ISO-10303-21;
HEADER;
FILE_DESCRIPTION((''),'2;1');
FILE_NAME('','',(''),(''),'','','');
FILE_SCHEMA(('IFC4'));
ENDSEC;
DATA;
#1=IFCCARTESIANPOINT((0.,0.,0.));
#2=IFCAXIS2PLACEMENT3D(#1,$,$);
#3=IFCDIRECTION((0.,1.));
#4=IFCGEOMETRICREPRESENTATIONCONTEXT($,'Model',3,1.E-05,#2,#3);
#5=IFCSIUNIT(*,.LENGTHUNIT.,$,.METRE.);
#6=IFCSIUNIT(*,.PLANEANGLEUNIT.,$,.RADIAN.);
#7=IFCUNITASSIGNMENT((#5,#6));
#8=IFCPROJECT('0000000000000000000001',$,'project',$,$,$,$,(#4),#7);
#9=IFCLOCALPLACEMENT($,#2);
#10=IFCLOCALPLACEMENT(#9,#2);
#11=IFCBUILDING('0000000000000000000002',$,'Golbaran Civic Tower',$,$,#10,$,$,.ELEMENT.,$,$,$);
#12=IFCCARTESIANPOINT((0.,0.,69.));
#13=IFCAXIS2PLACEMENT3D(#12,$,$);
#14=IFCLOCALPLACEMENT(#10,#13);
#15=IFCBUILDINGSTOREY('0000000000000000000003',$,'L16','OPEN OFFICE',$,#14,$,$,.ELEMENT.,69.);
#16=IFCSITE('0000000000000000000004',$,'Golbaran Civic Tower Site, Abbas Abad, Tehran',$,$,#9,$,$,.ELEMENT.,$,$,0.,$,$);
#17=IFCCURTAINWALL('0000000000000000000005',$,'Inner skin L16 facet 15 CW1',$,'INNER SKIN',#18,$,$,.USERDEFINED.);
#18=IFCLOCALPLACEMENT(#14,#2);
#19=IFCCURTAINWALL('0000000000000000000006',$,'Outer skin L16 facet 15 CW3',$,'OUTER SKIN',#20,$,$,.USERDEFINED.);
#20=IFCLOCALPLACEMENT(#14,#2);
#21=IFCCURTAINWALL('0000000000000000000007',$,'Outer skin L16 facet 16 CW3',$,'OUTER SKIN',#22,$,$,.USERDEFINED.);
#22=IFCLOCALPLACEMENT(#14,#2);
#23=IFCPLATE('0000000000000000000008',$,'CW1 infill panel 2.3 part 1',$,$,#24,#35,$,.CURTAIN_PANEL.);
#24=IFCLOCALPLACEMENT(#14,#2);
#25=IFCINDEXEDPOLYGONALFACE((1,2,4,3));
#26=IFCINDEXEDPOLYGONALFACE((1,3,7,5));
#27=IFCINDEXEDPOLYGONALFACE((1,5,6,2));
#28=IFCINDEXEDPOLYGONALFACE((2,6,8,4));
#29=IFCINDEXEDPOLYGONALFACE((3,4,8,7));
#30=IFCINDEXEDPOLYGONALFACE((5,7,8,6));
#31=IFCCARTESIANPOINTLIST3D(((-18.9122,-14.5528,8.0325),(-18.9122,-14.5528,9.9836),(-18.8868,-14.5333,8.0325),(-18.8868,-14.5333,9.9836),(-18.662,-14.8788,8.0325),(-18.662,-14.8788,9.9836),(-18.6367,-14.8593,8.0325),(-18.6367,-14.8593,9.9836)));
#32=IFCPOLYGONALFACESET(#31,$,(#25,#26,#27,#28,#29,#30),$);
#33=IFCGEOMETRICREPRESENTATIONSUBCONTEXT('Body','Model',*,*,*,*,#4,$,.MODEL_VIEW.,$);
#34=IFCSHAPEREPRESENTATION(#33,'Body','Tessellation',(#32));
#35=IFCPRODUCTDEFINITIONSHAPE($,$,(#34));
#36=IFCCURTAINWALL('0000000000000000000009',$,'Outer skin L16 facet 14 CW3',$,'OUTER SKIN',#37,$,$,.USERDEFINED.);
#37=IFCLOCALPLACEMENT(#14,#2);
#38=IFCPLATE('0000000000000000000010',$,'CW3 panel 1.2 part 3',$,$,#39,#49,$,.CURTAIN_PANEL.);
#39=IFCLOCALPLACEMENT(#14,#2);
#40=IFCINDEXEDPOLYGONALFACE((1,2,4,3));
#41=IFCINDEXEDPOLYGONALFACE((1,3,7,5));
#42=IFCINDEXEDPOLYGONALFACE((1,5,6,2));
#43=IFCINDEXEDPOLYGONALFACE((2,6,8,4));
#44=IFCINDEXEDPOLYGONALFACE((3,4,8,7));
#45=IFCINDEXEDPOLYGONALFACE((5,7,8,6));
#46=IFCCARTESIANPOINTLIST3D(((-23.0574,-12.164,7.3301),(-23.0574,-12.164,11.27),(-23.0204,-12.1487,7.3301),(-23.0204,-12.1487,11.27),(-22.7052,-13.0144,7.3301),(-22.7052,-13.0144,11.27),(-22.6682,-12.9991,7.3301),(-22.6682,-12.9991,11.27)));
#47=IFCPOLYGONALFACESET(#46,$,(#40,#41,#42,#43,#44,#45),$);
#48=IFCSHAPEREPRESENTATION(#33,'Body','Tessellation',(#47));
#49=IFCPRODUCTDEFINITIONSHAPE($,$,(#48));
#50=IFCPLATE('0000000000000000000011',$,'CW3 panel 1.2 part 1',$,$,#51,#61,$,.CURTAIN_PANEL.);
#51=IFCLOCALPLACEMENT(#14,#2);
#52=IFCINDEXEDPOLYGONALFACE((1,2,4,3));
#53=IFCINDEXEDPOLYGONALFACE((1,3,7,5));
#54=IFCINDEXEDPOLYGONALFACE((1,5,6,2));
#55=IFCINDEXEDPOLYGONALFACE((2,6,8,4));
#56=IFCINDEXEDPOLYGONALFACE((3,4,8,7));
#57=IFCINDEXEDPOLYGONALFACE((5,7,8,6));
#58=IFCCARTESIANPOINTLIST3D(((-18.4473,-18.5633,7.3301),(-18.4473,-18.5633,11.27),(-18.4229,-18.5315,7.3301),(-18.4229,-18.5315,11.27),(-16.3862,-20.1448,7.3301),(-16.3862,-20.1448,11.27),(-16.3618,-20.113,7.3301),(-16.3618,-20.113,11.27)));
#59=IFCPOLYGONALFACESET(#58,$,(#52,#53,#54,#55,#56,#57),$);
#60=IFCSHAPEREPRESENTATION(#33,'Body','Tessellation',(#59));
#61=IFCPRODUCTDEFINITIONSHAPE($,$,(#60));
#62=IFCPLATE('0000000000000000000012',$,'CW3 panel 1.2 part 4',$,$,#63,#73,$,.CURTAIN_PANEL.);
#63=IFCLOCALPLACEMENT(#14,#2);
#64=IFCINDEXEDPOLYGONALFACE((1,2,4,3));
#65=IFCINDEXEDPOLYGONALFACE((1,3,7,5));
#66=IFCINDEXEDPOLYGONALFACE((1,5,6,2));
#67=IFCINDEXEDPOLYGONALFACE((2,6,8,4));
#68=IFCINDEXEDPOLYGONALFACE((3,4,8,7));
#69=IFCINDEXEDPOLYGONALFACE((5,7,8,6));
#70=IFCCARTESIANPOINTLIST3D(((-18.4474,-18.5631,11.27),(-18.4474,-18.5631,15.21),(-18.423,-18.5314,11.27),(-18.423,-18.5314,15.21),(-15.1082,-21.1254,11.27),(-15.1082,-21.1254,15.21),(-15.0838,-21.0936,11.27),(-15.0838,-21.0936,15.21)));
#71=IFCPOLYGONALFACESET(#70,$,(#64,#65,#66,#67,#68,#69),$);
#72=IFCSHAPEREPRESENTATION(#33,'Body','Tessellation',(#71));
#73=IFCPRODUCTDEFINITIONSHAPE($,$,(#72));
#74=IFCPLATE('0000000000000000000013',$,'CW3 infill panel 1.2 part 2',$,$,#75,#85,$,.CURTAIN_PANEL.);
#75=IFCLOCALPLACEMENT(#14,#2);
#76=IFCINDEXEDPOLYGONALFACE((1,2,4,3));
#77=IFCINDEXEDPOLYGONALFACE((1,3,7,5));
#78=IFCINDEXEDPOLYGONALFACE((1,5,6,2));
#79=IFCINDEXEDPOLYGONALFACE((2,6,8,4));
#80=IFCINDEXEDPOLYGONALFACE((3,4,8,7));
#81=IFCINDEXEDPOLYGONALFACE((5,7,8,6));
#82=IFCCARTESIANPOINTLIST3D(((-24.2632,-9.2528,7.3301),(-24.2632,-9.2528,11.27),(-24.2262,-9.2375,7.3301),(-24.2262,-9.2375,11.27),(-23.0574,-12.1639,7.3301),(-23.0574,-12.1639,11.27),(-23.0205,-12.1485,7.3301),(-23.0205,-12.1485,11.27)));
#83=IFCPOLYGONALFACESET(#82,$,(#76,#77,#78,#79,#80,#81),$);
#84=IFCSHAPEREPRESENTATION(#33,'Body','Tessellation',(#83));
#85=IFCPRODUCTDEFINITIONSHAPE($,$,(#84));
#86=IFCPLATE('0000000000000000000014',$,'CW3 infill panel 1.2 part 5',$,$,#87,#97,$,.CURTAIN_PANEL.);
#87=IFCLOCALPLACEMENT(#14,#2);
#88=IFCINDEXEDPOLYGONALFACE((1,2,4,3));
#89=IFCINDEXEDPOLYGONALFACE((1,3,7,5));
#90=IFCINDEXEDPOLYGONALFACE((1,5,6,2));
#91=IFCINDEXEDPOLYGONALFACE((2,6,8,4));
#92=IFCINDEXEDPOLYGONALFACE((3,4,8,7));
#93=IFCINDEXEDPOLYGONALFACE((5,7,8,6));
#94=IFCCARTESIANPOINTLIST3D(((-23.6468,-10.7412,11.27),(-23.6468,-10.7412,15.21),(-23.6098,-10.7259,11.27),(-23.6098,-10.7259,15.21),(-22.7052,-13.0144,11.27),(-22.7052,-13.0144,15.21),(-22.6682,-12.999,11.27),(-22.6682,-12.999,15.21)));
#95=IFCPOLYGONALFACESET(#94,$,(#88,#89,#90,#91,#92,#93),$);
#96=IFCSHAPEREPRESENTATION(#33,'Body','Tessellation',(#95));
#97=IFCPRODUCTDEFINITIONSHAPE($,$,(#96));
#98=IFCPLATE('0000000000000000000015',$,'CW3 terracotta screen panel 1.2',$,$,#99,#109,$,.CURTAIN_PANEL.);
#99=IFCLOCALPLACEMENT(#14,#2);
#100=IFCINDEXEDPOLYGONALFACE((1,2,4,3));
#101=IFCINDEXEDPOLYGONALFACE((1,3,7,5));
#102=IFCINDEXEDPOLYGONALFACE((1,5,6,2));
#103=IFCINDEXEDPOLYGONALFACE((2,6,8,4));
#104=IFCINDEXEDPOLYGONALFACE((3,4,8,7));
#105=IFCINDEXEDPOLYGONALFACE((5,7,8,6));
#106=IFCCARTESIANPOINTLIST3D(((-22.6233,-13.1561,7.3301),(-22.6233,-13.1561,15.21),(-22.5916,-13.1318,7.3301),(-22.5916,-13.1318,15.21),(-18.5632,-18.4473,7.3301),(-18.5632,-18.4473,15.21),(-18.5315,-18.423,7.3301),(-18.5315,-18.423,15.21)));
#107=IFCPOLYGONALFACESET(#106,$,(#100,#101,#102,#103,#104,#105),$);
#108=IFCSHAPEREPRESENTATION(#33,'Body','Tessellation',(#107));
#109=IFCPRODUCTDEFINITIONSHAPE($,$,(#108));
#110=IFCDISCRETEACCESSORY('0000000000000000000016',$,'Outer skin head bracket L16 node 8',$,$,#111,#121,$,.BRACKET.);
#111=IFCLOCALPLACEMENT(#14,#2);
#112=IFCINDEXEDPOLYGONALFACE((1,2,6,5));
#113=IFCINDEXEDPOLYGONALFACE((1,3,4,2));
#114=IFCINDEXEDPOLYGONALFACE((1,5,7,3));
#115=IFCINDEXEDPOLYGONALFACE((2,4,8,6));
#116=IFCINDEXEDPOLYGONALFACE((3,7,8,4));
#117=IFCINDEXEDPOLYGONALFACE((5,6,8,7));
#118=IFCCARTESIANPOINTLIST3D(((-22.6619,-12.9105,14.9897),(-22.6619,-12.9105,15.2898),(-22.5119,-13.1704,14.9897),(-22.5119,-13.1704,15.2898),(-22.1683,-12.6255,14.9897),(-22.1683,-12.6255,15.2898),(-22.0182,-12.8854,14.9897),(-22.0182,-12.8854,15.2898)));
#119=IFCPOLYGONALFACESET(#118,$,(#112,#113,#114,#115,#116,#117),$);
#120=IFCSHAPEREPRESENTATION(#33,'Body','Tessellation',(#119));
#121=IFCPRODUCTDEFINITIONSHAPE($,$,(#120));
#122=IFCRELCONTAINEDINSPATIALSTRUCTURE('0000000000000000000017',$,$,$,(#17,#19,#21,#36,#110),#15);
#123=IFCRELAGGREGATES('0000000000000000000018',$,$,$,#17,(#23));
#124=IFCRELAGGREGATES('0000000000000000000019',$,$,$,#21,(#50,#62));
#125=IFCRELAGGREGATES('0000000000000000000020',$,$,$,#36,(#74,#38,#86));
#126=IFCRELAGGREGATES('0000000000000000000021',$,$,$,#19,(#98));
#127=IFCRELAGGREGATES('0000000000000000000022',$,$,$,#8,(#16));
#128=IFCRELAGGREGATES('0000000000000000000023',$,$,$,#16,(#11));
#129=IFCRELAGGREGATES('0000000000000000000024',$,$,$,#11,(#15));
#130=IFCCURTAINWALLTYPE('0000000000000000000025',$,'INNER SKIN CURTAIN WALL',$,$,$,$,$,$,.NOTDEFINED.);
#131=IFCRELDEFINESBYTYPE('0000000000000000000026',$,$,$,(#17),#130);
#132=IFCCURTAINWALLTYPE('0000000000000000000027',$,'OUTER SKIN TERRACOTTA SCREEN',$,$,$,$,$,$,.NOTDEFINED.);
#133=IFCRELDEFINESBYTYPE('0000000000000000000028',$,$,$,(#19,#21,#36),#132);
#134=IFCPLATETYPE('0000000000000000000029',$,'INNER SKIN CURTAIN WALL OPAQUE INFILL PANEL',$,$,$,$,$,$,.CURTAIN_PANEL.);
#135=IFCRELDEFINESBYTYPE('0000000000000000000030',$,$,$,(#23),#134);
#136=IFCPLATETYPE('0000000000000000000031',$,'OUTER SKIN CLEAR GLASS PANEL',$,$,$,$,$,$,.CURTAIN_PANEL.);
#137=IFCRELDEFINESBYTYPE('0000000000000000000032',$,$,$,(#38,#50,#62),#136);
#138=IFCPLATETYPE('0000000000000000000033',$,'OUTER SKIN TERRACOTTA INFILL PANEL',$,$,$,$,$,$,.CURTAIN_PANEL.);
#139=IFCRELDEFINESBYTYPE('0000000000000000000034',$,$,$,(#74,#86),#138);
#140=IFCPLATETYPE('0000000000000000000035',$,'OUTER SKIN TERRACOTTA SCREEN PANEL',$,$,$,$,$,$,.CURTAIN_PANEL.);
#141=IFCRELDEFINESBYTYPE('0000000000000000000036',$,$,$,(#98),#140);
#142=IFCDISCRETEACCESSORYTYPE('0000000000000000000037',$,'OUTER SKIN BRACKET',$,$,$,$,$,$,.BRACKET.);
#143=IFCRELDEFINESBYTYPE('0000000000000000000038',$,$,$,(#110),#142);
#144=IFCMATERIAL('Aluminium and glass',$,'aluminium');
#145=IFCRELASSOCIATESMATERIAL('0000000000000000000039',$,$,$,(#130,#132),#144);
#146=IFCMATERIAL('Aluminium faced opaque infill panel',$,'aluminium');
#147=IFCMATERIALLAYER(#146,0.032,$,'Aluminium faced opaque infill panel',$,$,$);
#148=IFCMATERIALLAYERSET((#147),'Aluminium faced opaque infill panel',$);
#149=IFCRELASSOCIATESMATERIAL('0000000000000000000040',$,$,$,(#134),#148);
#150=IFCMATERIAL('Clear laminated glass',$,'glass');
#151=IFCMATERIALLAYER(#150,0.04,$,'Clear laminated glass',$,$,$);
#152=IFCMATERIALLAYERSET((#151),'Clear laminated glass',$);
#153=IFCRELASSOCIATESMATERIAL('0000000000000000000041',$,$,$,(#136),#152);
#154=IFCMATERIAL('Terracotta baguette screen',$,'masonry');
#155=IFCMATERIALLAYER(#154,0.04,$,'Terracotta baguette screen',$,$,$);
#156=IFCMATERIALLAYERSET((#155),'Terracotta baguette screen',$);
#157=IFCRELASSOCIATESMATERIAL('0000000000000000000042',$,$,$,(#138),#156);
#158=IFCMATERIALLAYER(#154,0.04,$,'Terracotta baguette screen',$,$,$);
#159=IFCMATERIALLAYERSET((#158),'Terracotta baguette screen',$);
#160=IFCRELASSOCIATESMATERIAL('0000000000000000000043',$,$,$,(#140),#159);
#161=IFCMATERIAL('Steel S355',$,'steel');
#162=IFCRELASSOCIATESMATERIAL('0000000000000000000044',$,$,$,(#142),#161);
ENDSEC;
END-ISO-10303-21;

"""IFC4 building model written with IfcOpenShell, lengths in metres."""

from ifc_helpers import new_model, si_unit, direction, frame, origin, origin_2d, place, context, subcontext, project, spatial, rectangle, extrude, material, layer, layer_set, type_object, element, aggregate, save


model = new_model("IFC4")

# Units and contexts
model_context = context("Model", 3, precision=1e-05, world=origin(), true_north=direction((0.0, 1.0)))
body_context = subcontext(model_context, "Body", "Model", "MODEL_VIEW")
ifc_project = project(units=[si_unit("LENGTHUNIT", "METRE"), si_unit("PLANEANGLEUNIT", "RADIAN")], contexts=[model_context])

# Site, building, storey
site_placement = place(None, origin())
site = spatial("IfcSite", under=ifc_project, at=site_placement, Name="Golbaran Civic Tower Site, Abbas Abad, Tehran", CompositionType="ELEMENT", RefElevation=0.0)
building_placement = place(site_placement, origin())
building = spatial("IfcBuilding", under=site, at=building_placement, Name="Golbaran Civic Tower", CompositionType="ELEMENT")
storey_placement = place(building_placement, frame((0.0, 0.0, 69.0)))
storey = spatial("IfcBuildingStorey", under=building, at=storey_placement, Name="L16", Description="OPEN OFFICE", CompositionType="ELEMENT", Elevation=69.0)

# Curtain walls
ifc_material_1 = material(Name="Aluminium and glass", Category="aluminium")
curtain_wall_type_1 = type_object("IfcCurtainWallType", Name="INNER SKIN CURTAIN WALL", PredefinedType="NOTDEFINED", material=ifc_material_1)
curtain_wall_1_placement = place(storey_placement, origin())
curtain_wall_1 = element("IfcCurtainWall", 1, at=curtain_wall_1_placement, inside=storey, type_object=curtain_wall_type_1, Name="Inner skin L16 facet 15 CW1", ObjectType="INNER SKIN", PredefinedType="USERDEFINED")
curtain_wall_type_2 = type_object("IfcCurtainWallType", Name="OUTER SKIN TERRACOTTA SCREEN", PredefinedType="NOTDEFINED", material=ifc_material_1)
curtain_wall_2_placement = place(storey_placement, origin())
curtain_wall_2 = element("IfcCurtainWall", 2, at=curtain_wall_2_placement, inside=storey, type_object=curtain_wall_type_2, Name="Outer skin L16 facet 15 CW3", ObjectType="OUTER SKIN", PredefinedType="USERDEFINED")
curtain_wall_3_placement = place(storey_placement, origin())
curtain_wall_3 = element("IfcCurtainWall", 3, at=curtain_wall_3_placement, inside=storey, type_object=curtain_wall_type_2, Name="Outer skin L16 facet 16 CW3", ObjectType="OUTER SKIN", PredefinedType="USERDEFINED")

# Plate
ifc_material_2 = material(Name="Aluminium faced opaque infill panel", Category="aluminium")
ifc_layer_1 = layer(ifc_material_2, 0.032, Name="Aluminium faced opaque infill panel")
ifc_layer_set_1 = layer_set([ifc_layer_1], Name="Aluminium faced opaque infill panel")
plate_type_1 = type_object("IfcPlateType", Name="INNER SKIN CURTAIN WALL OPAQUE INFILL PANEL", PredefinedType="CURTAIN_PANEL", material=ifc_layer_set_1)
plate_1_placement = place(storey_placement, frame((-18.7744, -14.7061, 8.0325), z_axis=(0.0, 0.0, 1.0), x_axis=(0.608761, -0.793353, 0.0)))
plate_1 = element("IfcPlate", 4, at=plate_1_placement, type_object=plate_type_1, Name="CW1 infill panel 2.3 part 1", PredefinedType="CURTAIN_PANEL", context=body_context, shape_type="SweptSolid", body=[
    extrude(rectangle(XDim=0.4109, YDim=0.032, at=origin_2d()), origin(), (0.0, 0.0, 1.0), 1.9512),
])
aggregate(curtain_wall_1, [plate_1])

# Curtain wall, plate
curtain_wall_4_placement = place(storey_placement, origin())
curtain_wall_4 = element("IfcCurtainWall", 5, at=curtain_wall_4_placement, inside=storey, type_object=curtain_wall_type_2, Name="Outer skin L16 facet 14 CW3", ObjectType="OUTER SKIN", PredefinedType="USERDEFINED")
ifc_material_3 = material(Name="Clear laminated glass", Category="glass")
ifc_layer_2 = layer(ifc_material_3, 0.04, Name="Clear laminated glass")
ifc_layer_set_2 = layer_set([ifc_layer_2], Name="Clear laminated glass")
plate_type_2 = type_object("IfcPlateType", Name="OUTER SKIN CLEAR GLASS PANEL", PredefinedType="CURTAIN_PANEL", material=ifc_layer_set_2)
plate_2_placement = place(storey_placement, frame((-22.8628, -12.5815, 7.3301), z_axis=(0.0, 0.0, 1.0), x_axis=(0.382683, -0.92388, 0.0)))
plate_2 = element("IfcPlate", 6, at=plate_2_placement, type_object=plate_type_2, Name="CW3 panel 1.2 part 3", PredefinedType="CURTAIN_PANEL", context=body_context, shape_type="SweptSolid", body=[
    extrude(rectangle(XDim=0.9204, YDim=0.04, at=origin_2d()), origin(), (0.0, 0.0, 1.0), 3.9399),
])

# Plates
plate_3_placement = place(storey_placement, frame((-17.4045, -19.3381, 7.3301), z_axis=(0.0, 0.0, 1.0), x_axis=(0.793353, -0.608761, 0.0)))
plate_3 = element("IfcPlate", 7, at=plate_3_placement, type_object=plate_type_2, Name="CW3 panel 1.2 part 1", PredefinedType="CURTAIN_PANEL", context=body_context, shape_type="SweptSolid", body=[
    extrude(rectangle(XDim=2.5979, YDim=0.04, at=origin_2d()), origin(), (0.0, 0.0, 1.0), 3.9399),
])
plate_4_placement = place(storey_placement, frame((-16.7656, -19.8284, 11.27), z_axis=(0.0, 0.0, 1.0), x_axis=(0.793353, -0.608761, 0.0)))
plate_4 = element("IfcPlate", 8, at=plate_4_placement, type_object=plate_type_2, Name="CW3 panel 1.2 part 4", PredefinedType="CURTAIN_PANEL", context=body_context, shape_type="SweptSolid", body=[
    extrude(rectangle(XDim=4.209, YDim=0.04, at=origin_2d()), origin(), (0.0, 0.0, 1.0), 3.9399),
])
aggregate(curtain_wall_3, [plate_3, plate_4])
ifc_material_4 = material(Name="Terracotta baguette screen", Category="masonry")
ifc_layer_3 = layer(ifc_material_4, 0.04, Name="Terracotta baguette screen")
ifc_layer_set_3 = layer_set([ifc_layer_3], Name="Terracotta baguette screen")
plate_type_3 = type_object("IfcPlateType", Name="OUTER SKIN TERRACOTTA INFILL PANEL", PredefinedType="CURTAIN_PANEL", material=ifc_layer_set_3)
plate_5_placement = place(storey_placement, frame((-23.6418, -10.7007, 7.3301), z_axis=(0.0, 0.0, 1.0), x_axis=(0.382683, -0.92388, 0.0)))
plate_5 = element("IfcPlate", 9, at=plate_5_placement, type_object=plate_type_3, Name="CW3 infill panel 1.2 part 2", PredefinedType="CURTAIN_PANEL", context=body_context, shape_type="SweptSolid", body=[
    extrude(rectangle(XDim=3.1509, YDim=0.04, at=origin_2d()), origin(), (0.0, 0.0, 1.0), 3.9399),
])
plate_6_placement = place(storey_placement, frame((-23.1575, -11.8701, 11.27), z_axis=(0.0, 0.0, 1.0), x_axis=(0.382683, -0.92388, 0.0)))
plate_6 = element("IfcPlate", 10, at=plate_6_placement, type_object=plate_type_3, Name="CW3 infill panel 1.2 part 5", PredefinedType="CURTAIN_PANEL", context=body_context, shape_type="SweptSolid", body=[
    extrude(rectangle(XDim=2.4604, YDim=0.04, at=origin_2d()), origin(), (0.0, 0.0, 1.0), 3.9399),
])
aggregate(curtain_wall_4, [plate_5, plate_2, plate_6])
ifc_layer_4 = layer(ifc_material_4, 0.04, Name="Terracotta baguette screen")
ifc_layer_set_4 = layer_set([ifc_layer_4], Name="Terracotta baguette screen")
plate_type_4 = type_object("IfcPlateType", Name="OUTER SKIN TERRACOTTA SCREEN PANEL", PredefinedType="CURTAIN_PANEL", material=ifc_layer_set_4)
plate_7_placement = place(storey_placement, frame((-20.5774, -15.7896, 7.3301), z_axis=(0.0, 0.0, 1.0), x_axis=(0.608761, -0.793353, 0.0)))
plate_7 = element("IfcPlate", 11, at=plate_7_placement, type_object=plate_type_4, Name="CW3 terracotta screen panel 1.2", PredefinedType="CURTAIN_PANEL", context=body_context, shape_type="SweptSolid", body=[
    extrude(rectangle(XDim=6.6694, YDim=0.04, at=origin_2d()), origin(), (0.0, 0.0, 1.0), 7.8799),
])
aggregate(curtain_wall_2, [plate_7])

# Discrete accessory
ifc_material_5 = material(Name="Steel S355", Category="steel")
discrete_accessory_type = type_object("IfcDiscreteAccessoryType", Name="OUTER SKIN BRACKET", PredefinedType="BRACKET", material=ifc_material_5)
discrete_accessory_placement = place(storey_placement, frame((-22.3401, -12.8979, 14.9897), z_axis=(0.0, 0.0, 1.0), x_axis=(-0.866025, -0.5, 0.0)))
element("IfcDiscreteAccessory", 12, at=discrete_accessory_placement, inside=storey, type_object=discrete_accessory_type, Name="Outer skin head bracket L16 node 8", PredefinedType="BRACKET", context=body_context, shape_type="SweptSolid", body=[
    extrude(rectangle(XDim=0.5701, YDim=0.3, at=origin_2d()), origin(), (0.0, 0.0, 1.0), 0.3),
])

save(model, "model.ifc")
